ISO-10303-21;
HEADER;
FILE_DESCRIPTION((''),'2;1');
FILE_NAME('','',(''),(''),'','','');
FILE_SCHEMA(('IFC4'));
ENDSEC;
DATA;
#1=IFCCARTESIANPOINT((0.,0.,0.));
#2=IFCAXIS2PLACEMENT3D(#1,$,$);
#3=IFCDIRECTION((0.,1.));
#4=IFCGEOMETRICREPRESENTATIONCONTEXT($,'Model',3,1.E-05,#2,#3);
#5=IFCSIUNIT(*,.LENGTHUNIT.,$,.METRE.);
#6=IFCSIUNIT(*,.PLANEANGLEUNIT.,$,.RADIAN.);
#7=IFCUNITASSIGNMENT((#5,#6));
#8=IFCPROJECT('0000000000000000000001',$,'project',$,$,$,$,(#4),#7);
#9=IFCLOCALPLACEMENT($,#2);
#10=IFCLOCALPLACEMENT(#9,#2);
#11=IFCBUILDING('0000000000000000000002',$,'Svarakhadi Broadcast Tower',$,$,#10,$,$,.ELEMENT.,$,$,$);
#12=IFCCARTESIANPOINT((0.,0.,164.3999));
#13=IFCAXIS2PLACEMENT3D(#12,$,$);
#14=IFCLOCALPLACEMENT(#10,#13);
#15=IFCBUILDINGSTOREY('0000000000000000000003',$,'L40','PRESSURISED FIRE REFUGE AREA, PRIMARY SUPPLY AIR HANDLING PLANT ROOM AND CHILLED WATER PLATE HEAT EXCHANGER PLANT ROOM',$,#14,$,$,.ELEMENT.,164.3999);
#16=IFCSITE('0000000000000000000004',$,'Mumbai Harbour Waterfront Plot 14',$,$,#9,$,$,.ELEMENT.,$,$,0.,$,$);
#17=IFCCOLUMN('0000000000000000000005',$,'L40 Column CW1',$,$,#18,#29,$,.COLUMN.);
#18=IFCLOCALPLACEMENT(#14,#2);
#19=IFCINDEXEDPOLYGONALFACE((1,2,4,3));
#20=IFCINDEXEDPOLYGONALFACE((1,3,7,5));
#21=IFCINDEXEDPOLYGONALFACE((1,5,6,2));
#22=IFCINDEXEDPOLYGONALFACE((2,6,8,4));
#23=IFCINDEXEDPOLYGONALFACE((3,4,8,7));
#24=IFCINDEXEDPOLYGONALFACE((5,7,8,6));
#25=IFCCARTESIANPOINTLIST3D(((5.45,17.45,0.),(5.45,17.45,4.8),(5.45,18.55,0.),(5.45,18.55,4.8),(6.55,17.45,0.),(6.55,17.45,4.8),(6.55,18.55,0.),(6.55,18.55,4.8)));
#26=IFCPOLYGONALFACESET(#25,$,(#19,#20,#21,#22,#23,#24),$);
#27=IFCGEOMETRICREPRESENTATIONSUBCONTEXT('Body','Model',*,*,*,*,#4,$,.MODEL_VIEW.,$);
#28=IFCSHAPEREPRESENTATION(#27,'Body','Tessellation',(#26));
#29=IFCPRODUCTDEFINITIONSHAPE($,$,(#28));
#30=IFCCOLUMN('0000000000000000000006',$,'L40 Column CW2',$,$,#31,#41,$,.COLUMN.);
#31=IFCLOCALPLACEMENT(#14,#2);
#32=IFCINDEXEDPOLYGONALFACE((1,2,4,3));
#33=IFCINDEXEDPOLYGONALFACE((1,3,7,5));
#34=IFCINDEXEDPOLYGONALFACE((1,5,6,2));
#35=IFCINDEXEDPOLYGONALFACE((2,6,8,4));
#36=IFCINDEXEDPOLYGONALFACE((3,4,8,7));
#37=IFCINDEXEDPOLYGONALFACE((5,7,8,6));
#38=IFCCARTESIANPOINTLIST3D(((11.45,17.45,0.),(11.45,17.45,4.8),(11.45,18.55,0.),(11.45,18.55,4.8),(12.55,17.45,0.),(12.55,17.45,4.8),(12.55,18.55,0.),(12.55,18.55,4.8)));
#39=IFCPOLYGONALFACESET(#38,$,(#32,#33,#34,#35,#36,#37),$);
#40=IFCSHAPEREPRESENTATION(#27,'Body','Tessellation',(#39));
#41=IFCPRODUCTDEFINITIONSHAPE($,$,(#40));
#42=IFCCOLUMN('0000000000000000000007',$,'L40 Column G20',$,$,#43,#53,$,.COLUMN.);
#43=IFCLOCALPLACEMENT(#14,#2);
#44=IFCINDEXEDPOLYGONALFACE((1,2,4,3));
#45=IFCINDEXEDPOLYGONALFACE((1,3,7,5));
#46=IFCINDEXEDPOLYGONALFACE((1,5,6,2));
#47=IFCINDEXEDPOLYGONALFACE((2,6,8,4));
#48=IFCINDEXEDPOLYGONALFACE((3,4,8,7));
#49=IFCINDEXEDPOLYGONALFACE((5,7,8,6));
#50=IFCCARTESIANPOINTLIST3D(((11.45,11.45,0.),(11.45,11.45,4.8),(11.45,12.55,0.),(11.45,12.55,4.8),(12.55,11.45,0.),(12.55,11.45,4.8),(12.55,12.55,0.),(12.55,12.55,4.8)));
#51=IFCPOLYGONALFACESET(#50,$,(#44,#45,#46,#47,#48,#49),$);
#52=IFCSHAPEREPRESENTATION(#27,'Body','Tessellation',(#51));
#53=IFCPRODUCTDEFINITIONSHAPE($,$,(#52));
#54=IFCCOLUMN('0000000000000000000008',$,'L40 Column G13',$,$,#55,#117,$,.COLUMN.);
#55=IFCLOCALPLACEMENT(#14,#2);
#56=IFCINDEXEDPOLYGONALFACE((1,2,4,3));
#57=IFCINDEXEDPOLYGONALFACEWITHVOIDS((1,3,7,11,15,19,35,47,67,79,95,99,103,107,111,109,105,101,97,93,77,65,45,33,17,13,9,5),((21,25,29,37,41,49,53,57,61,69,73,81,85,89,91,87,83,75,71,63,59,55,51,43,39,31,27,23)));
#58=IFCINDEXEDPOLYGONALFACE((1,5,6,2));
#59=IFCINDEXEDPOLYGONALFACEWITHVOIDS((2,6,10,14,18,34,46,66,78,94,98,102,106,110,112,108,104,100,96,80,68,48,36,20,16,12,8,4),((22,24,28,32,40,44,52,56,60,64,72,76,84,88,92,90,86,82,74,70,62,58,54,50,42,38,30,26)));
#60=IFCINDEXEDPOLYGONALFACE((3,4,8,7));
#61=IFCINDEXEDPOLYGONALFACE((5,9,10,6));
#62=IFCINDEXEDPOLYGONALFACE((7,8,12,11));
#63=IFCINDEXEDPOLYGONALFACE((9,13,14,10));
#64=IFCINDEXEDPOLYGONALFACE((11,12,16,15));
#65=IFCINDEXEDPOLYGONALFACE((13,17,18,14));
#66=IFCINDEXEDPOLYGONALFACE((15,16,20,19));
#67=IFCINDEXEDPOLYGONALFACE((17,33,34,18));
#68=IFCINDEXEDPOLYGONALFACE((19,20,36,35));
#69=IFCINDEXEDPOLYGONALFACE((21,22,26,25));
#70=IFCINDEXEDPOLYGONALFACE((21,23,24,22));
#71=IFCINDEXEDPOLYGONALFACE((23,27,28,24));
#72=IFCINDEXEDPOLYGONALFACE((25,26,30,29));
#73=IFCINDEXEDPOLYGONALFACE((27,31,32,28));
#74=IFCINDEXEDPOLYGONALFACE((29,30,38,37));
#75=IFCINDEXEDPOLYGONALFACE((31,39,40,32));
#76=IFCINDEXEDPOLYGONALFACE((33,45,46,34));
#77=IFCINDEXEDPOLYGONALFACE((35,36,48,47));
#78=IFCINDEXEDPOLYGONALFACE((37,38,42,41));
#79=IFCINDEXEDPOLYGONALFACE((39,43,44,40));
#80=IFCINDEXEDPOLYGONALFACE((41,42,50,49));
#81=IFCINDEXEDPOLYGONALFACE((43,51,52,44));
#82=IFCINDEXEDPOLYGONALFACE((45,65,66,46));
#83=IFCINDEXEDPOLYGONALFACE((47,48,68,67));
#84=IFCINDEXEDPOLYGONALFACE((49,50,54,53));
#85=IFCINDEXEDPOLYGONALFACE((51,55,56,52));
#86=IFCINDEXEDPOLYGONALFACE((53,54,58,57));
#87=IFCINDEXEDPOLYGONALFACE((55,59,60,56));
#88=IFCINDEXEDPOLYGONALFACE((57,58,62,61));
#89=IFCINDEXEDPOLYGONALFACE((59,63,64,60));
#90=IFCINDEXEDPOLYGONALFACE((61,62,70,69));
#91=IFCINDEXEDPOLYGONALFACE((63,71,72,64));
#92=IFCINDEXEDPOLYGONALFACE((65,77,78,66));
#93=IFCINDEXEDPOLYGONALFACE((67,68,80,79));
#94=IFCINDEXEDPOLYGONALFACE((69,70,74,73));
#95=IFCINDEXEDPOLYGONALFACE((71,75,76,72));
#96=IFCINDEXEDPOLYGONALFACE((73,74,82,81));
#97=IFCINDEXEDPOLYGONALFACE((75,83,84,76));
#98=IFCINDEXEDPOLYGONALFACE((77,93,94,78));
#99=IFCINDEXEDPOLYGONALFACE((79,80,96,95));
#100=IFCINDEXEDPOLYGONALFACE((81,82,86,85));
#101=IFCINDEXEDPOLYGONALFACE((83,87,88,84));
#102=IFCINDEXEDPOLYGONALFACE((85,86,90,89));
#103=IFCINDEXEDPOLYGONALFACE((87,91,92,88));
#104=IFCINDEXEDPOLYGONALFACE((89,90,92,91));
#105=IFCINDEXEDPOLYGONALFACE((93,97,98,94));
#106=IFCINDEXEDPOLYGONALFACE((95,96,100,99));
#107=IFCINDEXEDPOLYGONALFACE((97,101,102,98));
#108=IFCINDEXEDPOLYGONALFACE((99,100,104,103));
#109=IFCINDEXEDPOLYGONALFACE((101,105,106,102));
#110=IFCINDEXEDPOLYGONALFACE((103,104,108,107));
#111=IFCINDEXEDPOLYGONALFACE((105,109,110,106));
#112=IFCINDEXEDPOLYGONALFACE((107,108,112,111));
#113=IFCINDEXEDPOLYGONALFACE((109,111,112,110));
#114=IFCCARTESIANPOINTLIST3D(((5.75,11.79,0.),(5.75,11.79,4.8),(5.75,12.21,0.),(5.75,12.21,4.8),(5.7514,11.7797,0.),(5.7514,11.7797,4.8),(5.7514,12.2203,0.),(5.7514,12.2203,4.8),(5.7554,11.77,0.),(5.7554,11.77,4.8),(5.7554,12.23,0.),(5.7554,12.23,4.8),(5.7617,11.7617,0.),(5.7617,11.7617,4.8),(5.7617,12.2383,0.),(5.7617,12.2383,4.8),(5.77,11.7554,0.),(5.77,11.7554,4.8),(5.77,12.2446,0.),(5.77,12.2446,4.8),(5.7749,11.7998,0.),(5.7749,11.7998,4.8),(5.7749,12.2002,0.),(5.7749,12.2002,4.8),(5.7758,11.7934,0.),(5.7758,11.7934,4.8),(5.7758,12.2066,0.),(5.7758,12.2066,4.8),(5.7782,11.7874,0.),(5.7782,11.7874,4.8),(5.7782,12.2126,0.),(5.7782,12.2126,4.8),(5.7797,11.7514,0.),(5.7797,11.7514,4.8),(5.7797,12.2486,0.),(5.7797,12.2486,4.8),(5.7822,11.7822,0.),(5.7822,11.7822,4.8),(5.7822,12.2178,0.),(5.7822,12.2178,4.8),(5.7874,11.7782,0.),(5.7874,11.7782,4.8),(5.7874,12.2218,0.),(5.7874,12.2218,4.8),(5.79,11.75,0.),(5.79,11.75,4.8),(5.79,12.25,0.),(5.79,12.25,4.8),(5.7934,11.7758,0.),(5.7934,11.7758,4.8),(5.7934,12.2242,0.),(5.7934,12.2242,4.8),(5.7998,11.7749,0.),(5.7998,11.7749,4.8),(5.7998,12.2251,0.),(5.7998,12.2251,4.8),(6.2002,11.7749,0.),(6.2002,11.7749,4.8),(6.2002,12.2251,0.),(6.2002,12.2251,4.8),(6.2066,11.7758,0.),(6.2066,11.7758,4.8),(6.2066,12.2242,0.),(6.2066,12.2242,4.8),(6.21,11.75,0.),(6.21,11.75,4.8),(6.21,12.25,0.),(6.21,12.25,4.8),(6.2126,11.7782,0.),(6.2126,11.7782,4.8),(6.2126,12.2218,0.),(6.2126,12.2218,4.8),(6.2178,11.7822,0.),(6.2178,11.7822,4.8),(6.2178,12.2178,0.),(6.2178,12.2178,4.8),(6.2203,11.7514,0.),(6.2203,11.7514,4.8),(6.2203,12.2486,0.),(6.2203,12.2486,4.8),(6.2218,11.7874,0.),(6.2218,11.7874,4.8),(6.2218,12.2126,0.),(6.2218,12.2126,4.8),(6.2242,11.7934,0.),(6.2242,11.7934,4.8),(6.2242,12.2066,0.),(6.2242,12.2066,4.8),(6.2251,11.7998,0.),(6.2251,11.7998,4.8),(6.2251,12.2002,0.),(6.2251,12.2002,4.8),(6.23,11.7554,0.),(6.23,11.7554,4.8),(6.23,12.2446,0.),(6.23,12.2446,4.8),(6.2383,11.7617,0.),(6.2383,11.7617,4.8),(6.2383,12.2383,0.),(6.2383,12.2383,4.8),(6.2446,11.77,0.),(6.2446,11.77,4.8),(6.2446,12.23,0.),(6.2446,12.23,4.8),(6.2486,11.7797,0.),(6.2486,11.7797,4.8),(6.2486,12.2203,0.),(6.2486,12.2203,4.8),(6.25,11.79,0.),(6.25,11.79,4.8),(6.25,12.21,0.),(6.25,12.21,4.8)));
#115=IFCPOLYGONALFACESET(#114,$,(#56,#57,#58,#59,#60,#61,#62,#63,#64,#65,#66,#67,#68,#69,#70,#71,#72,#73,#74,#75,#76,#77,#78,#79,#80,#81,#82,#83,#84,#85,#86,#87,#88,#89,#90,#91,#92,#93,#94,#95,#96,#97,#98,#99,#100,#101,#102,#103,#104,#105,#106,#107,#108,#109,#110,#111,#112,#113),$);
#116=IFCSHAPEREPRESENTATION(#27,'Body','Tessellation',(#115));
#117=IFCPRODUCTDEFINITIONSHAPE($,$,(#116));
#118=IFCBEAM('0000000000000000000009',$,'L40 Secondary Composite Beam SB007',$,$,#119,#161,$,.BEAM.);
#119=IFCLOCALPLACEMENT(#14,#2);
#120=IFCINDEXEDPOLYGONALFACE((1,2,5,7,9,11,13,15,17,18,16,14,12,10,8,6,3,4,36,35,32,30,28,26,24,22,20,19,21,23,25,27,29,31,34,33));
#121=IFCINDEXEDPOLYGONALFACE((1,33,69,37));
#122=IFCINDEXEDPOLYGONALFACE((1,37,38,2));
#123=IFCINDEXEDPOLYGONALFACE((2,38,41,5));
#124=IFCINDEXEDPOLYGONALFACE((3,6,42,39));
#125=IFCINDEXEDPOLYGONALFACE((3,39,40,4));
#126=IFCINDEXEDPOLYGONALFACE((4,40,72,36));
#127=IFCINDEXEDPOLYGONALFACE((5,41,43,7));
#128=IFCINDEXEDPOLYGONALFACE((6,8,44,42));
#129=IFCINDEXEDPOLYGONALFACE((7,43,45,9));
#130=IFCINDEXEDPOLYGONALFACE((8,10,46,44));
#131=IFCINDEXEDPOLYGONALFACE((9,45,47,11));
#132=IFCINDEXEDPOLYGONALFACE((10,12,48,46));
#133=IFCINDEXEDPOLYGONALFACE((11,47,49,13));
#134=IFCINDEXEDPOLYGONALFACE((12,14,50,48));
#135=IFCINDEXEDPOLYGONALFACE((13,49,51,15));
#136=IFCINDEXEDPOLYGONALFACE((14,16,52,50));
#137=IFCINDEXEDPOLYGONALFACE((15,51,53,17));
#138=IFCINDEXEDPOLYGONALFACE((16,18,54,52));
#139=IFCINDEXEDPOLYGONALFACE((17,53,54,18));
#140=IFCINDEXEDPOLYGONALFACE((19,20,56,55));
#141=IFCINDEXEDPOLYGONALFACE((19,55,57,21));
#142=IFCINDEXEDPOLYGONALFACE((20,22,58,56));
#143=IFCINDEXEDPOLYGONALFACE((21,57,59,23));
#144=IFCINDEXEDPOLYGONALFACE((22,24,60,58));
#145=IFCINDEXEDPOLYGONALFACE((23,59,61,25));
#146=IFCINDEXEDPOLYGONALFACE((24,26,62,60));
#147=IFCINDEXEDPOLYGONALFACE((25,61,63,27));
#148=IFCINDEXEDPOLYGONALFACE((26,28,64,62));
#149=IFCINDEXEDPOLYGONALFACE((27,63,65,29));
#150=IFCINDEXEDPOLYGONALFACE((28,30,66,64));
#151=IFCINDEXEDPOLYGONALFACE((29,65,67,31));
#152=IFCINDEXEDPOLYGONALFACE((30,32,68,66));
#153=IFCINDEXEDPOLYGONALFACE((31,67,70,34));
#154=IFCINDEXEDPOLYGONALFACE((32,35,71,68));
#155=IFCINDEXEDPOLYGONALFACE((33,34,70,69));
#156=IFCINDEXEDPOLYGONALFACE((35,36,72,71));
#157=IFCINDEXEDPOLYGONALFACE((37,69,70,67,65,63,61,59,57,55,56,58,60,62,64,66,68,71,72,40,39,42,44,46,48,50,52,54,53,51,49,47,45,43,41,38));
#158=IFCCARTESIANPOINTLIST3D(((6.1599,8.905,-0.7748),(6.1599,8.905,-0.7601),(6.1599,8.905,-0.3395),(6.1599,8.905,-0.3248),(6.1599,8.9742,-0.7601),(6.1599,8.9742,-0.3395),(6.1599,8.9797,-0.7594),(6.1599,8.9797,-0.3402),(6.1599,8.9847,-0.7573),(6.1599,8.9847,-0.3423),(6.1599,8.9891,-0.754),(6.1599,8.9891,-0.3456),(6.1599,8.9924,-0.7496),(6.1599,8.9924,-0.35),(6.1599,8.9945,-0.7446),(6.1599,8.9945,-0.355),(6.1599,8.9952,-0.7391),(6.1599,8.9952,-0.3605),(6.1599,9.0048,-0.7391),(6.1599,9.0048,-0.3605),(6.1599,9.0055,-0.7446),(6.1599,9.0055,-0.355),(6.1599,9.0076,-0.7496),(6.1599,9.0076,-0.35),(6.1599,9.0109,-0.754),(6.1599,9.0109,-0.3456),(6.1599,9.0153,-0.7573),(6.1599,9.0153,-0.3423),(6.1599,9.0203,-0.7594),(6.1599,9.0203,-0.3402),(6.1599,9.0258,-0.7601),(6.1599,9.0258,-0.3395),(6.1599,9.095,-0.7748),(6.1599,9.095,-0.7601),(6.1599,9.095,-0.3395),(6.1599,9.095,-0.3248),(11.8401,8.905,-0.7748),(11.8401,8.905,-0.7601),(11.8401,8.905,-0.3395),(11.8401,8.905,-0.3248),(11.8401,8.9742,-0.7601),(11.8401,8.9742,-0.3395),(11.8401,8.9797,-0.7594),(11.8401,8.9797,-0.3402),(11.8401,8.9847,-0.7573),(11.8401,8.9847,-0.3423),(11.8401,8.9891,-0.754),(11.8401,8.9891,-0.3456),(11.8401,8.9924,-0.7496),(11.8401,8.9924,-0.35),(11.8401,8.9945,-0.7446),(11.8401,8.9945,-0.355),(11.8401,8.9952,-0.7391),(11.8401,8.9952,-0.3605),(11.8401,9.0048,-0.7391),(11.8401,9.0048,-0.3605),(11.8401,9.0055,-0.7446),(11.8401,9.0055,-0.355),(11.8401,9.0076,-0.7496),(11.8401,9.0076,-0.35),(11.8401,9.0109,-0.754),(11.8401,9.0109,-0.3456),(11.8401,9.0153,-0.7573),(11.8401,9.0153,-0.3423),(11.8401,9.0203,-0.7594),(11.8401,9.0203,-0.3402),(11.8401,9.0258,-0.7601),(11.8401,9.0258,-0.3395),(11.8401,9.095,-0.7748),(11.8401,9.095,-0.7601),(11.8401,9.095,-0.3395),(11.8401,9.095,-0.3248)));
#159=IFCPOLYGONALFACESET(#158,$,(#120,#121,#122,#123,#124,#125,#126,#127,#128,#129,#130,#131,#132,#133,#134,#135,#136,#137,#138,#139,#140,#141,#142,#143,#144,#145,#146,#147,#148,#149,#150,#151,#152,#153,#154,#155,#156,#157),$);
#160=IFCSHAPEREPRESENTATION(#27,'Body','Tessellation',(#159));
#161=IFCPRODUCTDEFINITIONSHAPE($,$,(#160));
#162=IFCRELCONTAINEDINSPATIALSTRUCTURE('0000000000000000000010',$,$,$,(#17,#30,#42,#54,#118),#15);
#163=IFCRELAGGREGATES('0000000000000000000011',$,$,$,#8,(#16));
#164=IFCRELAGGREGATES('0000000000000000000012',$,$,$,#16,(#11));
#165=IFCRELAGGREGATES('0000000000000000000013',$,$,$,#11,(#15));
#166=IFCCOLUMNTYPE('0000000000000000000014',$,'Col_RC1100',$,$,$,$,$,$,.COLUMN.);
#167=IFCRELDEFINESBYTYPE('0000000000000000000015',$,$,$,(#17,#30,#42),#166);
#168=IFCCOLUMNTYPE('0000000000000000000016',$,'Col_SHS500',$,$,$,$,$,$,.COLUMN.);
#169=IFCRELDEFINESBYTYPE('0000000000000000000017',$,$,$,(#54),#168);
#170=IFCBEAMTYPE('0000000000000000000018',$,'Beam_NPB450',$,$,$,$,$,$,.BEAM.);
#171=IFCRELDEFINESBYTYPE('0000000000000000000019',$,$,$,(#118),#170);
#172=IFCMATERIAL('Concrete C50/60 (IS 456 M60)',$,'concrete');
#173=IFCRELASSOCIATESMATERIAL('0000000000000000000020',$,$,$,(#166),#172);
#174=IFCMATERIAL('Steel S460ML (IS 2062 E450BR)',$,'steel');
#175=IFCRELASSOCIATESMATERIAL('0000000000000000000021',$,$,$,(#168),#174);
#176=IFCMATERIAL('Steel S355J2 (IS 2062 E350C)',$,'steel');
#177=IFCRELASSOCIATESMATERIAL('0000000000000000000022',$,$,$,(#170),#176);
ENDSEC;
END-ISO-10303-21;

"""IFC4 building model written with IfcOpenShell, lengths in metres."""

from ifc_helpers import new_model, si_unit, direction, frame, origin, origin_2d, place, context, subcontext, project, spatial, rectangle, hollow_rectangle, i_section, extrude, material, material_profile, profile_set, type_object, element, save


model = new_model("IFC4")

# Units and contexts
model_context = context("Model", 3, precision=1e-05, world=origin(), true_north=direction((0.0, 1.0)))
body_context = subcontext(model_context, "Body", "Model", "MODEL_VIEW")
ifc_project = project(units=[si_unit("LENGTHUNIT", "METRE"), si_unit("PLANEANGLEUNIT", "RADIAN")], contexts=[model_context])

# Site, building, storey
site_placement = place(None, origin())
site = spatial("IfcSite", under=ifc_project, at=site_placement, Name="Mumbai Harbour Waterfront Plot 14", CompositionType="ELEMENT", RefElevation=0.0)
building_placement = place(site_placement, origin())
building = spatial("IfcBuilding", under=site, at=building_placement, Name="Svarakhadi Broadcast Tower", CompositionType="ELEMENT")
storey_placement = place(building_placement, frame((0.0, 0.0, 164.3999)))
storey = spatial("IfcBuildingStorey", under=building, at=storey_placement, Name="L40", Description="PRESSURISED FIRE REFUGE AREA, PRIMARY SUPPLY AIR HANDLING PLANT ROOM AND CHILLED WATER PLATE HEAT EXCHANGER PLANT ROOM", CompositionType="ELEMENT", Elevation=164.3999)

# Columns
ifc_material_1 = material(Name="Concrete C50/60 (IS 456 M60)", Category="concrete")
ifc_material_profile_1 = material_profile(ifc_material_1, rectangle(XDim=1.1001, YDim=1.1001, at=origin_2d()), Name="RC 1100x1100")
ifc_profile_set_1 = profile_set([ifc_material_profile_1], Name="Concrete C50/60 (IS 456 M60)")
column_type_1 = type_object("IfcColumnType", Name="Col_RC1100", PredefinedType="COLUMN", material=ifc_profile_set_1)
for number, where, z_axis, x_axis, name in (
    (1, (6.0, 18.0, 0.0), (0.0, 0.0, 1.0), (1.0, 0.0, 0.0), "L40 Column CW1"),
    (2, (12.0, 18.0, 0.0), (0.0, 0.0, 1.0), (1.0, 0.0, 0.0), "L40 Column CW2"),
    (3, (12.0, 12.0, 0.0), (0.0, 0.0, 1.0), (1.0, 0.0, 0.0), "L40 Column G20"),
):
    element("IfcColumn", number, at=place(storey_placement, frame(where, z_axis=z_axis, x_axis=x_axis)), inside=storey, type_object=column_type_1, Name=name, PredefinedType="COLUMN", context=body_context, shape_type="SweptSolid", body=[
        extrude(rectangle(XDim=1.1001, YDim=1.1001, at=origin_2d()), origin(), (0.0, 0.0, 1.0), 4.8),
    ])
ifc_material_2 = material(Name="Steel S460ML (IS 2062 E450BR)", Category="steel")
ifc_material_profile_2 = material_profile(ifc_material_2, hollow_rectangle(XDim=0.5, YDim=0.5, WallThickness=0.0249, InnerFilletRadius=0.0249, OuterFilletRadius=0.04, at=origin_2d()), Name="SHS 500x500x25")
ifc_profile_set_2 = profile_set([ifc_material_profile_2], Name="Steel S460ML (IS 2062 E450BR)")
column_type_2 = type_object("IfcColumnType", Name="Col_SHS500", PredefinedType="COLUMN", material=ifc_profile_set_2)
column_placement = place(storey_placement, frame((6.0, 12.0, 0.0), z_axis=(0.0, 0.0, 1.0), x_axis=(1.0, 0.0, 0.0)))
element("IfcColumn", 4, at=column_placement, inside=storey, type_object=column_type_2, Name="L40 Column G13", PredefinedType="COLUMN", context=body_context, shape_type="SweptSolid", body=[
    extrude(hollow_rectangle(XDim=0.5, YDim=0.5, WallThickness=0.0249, InnerFilletRadius=0.0249, OuterFilletRadius=0.04, at=origin_2d()), origin(), (0.0, 0.0, 1.0), 4.8),
])

# Beam
ifc_material_3 = material(Name="Steel S355J2 (IS 2062 E350C)", Category="steel")
ifc_material_profile_3 = material_profile(ifc_material_3, i_section(OverallWidth=0.1899, OverallDepth=0.45, WebThickness=0.0095, FlangeThickness=0.0146, FilletRadius=0.021, at=origin_2d()), Name="NPB 450x190x78")
ifc_profile_set_3 = profile_set([ifc_material_profile_3], Name="Steel S355J2 (IS 2062 E350C)")
beam_type_1 = type_object("IfcBeamType", Name="Beam_NPB450", PredefinedType="BEAM", material=ifc_profile_set_3)
for number, where, z_axis, x_axis, name in (
    (5, (6.1599, 9.0, -0.5498), (1.0, 0.0, 0.0), (0.0, 1.0, 0.0), "L40 Secondary Composite Beam SB007"),
):
    element("IfcBeam", number, at=place(storey_placement, frame(where, z_axis=z_axis, x_axis=x_axis)), inside=storey, type_object=beam_type_1, Name=name, PredefinedType="BEAM", context=body_context, shape_type="SweptSolid", body=[
        extrude(i_section(OverallWidth=0.1899, OverallDepth=0.45, WebThickness=0.0095, FlangeThickness=0.0146, FilletRadius=0.021, at=origin_2d()), origin(), (0.0, 0.0, 1.0), 5.6802),
    ])

save(model, "model.ifc")
